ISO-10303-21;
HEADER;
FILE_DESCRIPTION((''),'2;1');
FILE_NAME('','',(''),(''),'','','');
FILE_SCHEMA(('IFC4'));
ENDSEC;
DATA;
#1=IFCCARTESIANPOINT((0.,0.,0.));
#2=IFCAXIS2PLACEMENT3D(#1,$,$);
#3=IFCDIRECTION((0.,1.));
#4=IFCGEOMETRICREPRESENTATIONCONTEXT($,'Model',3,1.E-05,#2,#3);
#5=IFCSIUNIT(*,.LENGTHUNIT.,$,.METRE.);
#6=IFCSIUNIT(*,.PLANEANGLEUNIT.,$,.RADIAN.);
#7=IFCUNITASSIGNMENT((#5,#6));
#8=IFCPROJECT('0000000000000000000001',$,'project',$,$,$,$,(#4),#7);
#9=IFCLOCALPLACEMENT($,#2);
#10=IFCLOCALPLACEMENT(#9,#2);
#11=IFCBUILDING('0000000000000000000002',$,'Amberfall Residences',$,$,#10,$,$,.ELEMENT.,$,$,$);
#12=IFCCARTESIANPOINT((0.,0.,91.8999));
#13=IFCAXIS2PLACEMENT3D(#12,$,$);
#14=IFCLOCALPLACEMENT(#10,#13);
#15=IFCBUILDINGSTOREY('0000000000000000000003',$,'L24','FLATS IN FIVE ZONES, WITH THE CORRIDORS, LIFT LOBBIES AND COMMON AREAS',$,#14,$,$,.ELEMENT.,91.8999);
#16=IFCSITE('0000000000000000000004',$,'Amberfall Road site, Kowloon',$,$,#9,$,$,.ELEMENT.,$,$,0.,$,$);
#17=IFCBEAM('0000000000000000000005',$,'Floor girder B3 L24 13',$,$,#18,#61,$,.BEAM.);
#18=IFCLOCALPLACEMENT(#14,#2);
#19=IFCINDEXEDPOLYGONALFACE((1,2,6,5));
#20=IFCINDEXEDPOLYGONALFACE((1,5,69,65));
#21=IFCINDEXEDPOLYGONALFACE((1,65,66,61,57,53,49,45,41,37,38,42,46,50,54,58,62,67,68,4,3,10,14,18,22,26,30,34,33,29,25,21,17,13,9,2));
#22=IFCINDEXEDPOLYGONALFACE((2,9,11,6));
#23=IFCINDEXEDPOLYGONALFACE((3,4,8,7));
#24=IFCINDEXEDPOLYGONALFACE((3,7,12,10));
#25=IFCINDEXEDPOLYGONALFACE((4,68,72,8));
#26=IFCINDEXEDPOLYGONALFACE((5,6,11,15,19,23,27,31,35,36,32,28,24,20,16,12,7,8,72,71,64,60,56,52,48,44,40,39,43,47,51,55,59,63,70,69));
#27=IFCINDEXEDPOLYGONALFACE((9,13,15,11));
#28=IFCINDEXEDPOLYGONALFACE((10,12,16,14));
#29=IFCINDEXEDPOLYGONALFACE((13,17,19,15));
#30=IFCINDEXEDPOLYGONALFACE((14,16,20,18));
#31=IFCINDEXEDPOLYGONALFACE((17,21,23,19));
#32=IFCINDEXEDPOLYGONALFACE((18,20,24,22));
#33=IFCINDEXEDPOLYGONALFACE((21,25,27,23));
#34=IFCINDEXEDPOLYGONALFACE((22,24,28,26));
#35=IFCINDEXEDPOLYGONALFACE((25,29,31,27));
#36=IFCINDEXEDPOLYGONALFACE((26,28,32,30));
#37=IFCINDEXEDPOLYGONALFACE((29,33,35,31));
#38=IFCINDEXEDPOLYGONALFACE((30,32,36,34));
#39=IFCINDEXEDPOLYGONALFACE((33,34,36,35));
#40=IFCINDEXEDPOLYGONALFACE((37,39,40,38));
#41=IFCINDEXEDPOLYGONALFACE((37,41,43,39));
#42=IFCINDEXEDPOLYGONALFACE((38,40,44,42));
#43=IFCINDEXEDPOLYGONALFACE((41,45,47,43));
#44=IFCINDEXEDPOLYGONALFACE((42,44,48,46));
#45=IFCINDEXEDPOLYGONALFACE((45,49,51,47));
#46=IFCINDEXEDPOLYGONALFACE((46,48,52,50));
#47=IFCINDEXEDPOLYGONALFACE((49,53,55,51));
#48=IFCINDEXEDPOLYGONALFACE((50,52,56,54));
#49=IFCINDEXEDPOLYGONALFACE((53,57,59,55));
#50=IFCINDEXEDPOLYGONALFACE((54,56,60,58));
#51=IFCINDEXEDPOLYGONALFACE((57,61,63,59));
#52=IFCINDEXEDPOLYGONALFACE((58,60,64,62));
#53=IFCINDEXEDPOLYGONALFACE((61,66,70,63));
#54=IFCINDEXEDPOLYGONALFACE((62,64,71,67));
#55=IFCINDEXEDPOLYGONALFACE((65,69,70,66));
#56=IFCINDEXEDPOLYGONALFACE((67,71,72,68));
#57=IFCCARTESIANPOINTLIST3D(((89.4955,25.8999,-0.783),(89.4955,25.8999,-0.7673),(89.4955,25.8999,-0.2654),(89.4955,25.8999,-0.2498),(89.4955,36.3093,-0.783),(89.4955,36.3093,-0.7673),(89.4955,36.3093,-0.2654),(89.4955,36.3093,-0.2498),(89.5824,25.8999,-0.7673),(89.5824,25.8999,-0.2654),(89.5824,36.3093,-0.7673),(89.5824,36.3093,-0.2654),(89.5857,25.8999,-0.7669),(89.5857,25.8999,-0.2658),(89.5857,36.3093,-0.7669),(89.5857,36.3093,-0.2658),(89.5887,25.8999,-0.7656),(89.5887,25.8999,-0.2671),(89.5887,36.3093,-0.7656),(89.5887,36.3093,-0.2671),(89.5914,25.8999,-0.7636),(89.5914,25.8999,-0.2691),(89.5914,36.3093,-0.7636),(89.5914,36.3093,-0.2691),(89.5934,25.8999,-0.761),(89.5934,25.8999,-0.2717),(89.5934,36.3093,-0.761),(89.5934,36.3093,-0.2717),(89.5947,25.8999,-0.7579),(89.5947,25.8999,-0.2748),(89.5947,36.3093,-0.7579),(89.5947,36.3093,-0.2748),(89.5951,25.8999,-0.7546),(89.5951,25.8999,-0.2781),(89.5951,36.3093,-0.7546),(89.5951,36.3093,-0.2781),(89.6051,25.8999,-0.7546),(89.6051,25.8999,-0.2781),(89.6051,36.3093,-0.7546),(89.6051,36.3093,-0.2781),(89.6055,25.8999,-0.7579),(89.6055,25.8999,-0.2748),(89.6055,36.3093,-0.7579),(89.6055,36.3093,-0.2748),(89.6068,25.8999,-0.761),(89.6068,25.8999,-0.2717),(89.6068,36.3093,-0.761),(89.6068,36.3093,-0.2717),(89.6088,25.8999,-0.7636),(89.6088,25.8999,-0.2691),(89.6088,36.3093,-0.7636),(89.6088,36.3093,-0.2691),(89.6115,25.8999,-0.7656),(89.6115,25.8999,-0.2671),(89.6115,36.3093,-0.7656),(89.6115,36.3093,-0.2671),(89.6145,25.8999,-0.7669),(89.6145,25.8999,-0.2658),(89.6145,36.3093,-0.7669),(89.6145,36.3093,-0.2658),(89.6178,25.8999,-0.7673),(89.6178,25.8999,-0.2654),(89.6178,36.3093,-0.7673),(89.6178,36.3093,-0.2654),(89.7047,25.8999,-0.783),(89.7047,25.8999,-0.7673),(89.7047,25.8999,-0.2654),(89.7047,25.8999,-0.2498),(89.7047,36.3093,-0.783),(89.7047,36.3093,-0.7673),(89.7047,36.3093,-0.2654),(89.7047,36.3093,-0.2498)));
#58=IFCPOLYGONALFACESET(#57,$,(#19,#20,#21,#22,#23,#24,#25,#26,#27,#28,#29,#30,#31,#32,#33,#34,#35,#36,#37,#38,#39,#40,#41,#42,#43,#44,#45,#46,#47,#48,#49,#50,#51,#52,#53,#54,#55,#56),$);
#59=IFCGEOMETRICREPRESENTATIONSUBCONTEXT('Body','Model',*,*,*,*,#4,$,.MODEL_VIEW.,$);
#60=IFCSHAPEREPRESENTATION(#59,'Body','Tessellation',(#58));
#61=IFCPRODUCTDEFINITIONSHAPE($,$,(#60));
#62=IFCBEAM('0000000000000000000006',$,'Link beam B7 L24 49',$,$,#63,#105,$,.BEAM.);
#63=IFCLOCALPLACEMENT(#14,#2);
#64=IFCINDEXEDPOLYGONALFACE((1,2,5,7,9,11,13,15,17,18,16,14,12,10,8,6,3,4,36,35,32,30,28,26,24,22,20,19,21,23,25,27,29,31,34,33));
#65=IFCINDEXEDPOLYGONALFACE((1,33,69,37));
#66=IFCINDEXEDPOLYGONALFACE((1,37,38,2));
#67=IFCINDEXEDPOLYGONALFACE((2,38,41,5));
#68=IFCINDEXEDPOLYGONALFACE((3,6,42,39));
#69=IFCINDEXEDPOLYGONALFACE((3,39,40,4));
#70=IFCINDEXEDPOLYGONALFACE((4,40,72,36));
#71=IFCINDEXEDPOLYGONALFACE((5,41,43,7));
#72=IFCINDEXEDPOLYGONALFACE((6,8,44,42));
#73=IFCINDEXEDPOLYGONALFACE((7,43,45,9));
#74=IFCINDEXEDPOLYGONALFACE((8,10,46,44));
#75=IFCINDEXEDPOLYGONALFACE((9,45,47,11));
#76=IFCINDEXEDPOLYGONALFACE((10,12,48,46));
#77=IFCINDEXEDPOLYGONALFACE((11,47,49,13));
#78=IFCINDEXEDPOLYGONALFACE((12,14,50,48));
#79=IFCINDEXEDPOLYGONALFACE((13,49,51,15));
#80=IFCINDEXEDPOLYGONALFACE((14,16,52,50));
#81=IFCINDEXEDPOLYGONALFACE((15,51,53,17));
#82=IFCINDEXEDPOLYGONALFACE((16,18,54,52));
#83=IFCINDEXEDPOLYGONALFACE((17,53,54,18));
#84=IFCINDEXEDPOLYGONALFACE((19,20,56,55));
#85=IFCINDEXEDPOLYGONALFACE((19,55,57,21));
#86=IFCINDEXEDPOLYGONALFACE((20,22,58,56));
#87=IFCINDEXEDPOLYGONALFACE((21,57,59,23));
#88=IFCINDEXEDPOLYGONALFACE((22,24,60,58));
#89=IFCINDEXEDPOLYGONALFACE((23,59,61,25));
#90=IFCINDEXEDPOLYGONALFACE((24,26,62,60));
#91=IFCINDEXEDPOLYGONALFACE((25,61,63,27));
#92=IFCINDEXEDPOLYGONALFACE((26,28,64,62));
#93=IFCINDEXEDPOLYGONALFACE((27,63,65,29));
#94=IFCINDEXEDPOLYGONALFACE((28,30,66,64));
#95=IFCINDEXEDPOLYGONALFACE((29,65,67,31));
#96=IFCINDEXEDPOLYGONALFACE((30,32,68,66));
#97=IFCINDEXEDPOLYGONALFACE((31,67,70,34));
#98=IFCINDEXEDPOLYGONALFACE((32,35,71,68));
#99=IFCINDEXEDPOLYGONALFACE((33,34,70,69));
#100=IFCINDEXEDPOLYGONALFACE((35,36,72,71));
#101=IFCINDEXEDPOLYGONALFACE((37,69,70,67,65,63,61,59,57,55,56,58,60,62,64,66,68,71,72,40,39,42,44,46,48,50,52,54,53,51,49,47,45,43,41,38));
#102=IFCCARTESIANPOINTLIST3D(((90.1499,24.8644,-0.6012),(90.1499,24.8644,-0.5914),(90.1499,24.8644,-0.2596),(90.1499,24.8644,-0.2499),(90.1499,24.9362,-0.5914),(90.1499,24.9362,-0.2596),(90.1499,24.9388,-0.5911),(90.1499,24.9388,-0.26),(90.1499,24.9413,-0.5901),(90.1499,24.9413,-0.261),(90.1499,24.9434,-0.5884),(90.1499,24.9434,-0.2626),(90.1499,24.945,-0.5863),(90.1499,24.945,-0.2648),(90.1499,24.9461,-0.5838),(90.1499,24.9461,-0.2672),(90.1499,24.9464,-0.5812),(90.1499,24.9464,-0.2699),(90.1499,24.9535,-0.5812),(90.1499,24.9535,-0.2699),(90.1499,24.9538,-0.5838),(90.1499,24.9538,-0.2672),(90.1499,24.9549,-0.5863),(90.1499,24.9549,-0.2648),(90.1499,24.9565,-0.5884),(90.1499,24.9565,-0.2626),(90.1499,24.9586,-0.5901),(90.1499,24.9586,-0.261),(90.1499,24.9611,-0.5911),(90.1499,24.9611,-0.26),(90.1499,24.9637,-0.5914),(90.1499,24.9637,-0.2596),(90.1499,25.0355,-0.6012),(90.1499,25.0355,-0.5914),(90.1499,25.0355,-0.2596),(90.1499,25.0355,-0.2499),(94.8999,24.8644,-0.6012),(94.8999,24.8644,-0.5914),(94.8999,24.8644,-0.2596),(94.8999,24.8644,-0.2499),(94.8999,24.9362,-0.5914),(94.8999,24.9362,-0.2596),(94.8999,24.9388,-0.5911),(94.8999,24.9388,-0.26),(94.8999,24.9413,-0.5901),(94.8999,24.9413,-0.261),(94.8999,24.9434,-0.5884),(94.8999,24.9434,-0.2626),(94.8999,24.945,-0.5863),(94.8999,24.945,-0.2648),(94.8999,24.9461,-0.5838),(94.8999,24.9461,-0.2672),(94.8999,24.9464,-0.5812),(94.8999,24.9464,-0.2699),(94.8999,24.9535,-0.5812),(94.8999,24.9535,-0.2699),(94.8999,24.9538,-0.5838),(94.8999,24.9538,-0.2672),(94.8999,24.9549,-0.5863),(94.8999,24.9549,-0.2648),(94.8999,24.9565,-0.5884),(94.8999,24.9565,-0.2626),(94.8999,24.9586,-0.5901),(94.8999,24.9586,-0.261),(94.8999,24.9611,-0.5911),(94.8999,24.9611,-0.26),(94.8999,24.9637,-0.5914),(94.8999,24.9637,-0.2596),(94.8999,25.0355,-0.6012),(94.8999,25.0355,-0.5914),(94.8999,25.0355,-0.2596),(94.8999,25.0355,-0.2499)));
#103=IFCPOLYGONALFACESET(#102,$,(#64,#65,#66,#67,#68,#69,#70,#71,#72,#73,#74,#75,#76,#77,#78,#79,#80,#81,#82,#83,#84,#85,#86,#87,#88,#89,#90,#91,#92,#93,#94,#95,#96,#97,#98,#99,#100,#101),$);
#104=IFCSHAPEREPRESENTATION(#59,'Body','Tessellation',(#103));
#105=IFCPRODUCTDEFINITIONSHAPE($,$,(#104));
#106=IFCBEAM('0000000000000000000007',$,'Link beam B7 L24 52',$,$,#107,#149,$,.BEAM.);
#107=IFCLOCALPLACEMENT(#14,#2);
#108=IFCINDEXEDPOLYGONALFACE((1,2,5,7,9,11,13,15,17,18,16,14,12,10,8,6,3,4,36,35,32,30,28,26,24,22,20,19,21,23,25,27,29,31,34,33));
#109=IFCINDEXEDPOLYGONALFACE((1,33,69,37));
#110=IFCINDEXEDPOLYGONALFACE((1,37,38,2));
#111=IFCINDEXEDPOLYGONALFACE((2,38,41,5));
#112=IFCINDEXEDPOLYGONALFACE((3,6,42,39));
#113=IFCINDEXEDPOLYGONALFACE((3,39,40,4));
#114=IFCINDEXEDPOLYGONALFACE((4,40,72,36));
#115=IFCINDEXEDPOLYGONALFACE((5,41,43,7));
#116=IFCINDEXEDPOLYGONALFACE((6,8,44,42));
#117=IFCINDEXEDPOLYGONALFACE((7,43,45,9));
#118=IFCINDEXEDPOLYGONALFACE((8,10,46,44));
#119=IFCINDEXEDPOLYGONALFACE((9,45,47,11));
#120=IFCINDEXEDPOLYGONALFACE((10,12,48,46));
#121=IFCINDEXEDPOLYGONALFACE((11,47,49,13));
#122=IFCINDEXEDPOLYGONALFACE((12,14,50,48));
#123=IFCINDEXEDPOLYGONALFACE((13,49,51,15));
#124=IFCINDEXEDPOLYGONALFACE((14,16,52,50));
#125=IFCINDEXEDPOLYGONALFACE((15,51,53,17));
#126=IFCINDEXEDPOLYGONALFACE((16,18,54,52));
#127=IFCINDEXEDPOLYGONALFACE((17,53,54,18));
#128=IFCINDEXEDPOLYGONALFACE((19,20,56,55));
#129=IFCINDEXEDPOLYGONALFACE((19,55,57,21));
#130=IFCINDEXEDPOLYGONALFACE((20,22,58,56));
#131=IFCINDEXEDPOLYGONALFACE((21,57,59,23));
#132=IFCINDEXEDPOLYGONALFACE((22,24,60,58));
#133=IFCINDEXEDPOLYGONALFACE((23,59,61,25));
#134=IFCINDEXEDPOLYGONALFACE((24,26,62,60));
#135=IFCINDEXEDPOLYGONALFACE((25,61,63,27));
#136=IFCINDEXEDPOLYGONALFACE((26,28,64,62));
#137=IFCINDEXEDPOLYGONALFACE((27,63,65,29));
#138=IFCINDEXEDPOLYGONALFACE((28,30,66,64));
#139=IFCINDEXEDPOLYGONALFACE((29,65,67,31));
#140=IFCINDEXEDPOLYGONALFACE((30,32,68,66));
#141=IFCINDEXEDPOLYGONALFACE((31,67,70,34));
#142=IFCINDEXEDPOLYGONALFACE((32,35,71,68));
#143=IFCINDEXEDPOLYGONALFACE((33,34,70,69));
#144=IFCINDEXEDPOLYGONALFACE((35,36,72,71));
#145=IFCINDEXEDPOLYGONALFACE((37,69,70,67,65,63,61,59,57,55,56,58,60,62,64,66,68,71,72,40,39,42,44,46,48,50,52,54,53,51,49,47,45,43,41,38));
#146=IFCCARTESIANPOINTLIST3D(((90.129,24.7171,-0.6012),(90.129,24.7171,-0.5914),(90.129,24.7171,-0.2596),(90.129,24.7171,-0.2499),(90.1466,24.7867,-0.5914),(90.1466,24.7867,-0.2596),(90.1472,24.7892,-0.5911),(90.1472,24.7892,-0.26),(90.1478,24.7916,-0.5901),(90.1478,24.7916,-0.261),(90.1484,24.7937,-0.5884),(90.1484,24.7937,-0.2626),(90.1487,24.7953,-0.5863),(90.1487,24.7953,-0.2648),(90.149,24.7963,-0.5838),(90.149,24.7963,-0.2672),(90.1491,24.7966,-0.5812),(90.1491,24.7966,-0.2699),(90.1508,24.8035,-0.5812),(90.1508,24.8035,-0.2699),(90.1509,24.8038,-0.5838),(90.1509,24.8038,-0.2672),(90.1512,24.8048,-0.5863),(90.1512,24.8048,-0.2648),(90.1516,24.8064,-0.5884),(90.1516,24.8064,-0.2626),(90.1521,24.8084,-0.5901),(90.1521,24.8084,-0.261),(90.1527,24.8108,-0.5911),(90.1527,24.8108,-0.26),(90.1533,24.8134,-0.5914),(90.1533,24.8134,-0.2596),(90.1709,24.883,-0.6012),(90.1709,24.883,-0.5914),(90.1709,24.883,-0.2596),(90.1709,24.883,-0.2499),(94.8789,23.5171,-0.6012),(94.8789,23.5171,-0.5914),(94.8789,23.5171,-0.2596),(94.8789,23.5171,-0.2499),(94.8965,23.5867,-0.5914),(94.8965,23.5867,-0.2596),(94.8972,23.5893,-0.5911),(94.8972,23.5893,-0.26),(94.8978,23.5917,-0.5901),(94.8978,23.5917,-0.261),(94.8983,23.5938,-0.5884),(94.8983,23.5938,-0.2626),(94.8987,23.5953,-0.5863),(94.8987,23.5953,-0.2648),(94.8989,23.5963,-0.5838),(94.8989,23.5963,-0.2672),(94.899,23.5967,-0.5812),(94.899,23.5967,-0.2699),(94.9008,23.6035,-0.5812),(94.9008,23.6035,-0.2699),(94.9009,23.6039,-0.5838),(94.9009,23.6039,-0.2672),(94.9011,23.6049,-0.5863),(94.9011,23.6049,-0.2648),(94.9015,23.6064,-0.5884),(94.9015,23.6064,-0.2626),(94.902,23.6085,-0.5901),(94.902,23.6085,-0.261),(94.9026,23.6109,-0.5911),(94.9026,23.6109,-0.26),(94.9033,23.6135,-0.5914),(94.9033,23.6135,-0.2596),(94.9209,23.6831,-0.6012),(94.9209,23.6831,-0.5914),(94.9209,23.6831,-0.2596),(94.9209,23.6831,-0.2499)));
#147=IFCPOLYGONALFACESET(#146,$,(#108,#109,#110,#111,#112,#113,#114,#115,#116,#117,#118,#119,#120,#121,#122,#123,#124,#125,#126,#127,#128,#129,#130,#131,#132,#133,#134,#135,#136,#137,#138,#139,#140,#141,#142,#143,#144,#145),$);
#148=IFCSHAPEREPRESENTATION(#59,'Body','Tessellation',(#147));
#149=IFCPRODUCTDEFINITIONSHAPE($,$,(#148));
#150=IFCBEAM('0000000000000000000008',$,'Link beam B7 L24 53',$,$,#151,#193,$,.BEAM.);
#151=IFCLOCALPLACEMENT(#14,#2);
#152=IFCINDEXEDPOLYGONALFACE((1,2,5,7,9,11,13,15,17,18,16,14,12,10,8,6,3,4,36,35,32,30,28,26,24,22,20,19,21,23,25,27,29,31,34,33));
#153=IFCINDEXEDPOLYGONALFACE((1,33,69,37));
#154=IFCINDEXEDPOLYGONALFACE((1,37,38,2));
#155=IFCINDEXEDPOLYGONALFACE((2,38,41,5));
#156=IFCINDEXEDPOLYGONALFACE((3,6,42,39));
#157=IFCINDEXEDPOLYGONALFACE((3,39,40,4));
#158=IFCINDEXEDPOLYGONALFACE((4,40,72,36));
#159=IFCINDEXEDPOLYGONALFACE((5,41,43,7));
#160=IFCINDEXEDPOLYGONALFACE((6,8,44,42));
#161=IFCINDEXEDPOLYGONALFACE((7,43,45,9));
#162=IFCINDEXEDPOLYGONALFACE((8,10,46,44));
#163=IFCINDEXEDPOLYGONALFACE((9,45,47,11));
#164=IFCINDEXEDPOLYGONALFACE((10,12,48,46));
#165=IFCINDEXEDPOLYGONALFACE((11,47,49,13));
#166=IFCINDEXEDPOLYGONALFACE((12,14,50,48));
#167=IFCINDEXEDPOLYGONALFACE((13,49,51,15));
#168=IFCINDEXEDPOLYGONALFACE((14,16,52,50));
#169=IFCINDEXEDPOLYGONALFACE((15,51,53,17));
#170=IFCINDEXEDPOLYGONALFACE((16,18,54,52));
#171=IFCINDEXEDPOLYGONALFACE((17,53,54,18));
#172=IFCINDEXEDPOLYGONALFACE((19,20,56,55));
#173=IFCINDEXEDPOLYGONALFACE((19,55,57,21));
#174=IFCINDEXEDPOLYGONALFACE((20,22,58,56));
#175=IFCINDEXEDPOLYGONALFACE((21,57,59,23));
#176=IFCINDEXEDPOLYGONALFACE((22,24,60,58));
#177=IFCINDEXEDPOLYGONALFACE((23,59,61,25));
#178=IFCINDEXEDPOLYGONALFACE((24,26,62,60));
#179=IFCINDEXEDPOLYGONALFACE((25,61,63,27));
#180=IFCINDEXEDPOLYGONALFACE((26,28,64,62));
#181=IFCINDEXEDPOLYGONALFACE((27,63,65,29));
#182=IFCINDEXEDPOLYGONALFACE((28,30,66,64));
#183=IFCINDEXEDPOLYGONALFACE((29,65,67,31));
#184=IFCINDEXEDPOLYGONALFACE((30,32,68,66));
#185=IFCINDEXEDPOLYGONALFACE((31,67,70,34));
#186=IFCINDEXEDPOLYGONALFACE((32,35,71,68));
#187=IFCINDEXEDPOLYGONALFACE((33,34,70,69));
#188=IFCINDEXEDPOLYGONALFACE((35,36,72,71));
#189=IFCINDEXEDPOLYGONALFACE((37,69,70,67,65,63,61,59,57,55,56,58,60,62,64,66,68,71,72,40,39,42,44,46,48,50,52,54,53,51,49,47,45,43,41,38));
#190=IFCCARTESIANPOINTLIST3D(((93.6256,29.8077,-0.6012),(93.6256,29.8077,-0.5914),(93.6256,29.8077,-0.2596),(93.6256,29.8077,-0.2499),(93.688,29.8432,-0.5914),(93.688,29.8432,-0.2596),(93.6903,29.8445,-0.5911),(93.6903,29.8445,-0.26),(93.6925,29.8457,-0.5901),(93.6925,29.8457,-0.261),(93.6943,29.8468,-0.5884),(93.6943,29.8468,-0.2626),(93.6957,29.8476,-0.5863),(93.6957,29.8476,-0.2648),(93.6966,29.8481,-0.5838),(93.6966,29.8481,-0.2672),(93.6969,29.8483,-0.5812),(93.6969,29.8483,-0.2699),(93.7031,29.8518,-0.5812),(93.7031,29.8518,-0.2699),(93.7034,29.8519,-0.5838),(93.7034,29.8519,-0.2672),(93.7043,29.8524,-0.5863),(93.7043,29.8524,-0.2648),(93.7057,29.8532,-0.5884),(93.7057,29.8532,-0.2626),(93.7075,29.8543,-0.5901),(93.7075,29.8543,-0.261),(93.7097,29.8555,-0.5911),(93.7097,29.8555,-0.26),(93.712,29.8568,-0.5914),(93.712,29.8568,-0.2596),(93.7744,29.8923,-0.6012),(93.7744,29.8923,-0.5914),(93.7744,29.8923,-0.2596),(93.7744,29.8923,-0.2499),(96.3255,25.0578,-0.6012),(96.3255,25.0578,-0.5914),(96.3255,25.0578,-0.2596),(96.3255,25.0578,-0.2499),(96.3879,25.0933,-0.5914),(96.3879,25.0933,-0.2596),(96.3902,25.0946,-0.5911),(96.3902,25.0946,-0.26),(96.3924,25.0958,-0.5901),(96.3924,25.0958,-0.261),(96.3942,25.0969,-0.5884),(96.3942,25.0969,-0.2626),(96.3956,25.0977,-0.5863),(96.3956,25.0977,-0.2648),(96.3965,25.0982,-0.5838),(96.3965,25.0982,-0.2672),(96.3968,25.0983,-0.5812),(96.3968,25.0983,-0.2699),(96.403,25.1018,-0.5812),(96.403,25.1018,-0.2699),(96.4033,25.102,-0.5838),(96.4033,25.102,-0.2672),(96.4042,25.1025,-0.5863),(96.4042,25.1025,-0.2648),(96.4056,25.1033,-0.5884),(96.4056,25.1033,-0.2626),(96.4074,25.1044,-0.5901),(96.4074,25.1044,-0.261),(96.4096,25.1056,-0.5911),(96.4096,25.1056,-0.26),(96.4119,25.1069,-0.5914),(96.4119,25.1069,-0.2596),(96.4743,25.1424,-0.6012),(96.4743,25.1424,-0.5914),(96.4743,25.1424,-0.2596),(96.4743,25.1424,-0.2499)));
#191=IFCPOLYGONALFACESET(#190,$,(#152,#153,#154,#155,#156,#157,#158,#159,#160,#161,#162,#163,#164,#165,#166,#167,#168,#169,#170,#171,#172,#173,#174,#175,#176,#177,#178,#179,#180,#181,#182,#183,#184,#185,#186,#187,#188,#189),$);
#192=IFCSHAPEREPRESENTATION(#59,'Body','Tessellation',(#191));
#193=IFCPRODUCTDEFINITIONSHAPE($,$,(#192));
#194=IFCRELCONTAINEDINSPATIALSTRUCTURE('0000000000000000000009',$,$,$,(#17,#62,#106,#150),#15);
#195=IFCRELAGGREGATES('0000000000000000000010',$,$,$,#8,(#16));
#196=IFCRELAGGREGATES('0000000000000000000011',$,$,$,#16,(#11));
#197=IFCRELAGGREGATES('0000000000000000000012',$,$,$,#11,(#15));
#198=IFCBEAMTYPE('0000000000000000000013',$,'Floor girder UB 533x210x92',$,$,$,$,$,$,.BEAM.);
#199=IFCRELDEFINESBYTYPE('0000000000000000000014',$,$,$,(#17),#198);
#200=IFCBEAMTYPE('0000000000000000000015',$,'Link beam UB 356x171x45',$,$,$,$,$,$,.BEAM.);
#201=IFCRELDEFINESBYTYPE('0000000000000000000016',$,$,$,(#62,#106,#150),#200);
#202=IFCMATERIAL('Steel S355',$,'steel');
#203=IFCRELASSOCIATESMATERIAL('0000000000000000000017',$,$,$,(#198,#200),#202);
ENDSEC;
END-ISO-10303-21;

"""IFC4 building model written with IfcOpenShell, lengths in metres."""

from ifc_helpers import new_model, si_unit, direction, frame, origin, origin_2d, place, context, subcontext, project, spatial, i_section, extrude, material, material_profile, profile_set, type_object, element, save


model = new_model("IFC4")

# Units and contexts
model_context = context("Model", 3, precision=1e-05, world=origin(), true_north=direction((0.0, 1.0)))
body_context = subcontext(model_context, "Body", "Model", "MODEL_VIEW")
ifc_project = project(units=[si_unit("LENGTHUNIT", "METRE"), si_unit("PLANEANGLEUNIT", "RADIAN")], contexts=[model_context])

# Site, building, storey
site_placement = place(None, origin())
site = spatial("IfcSite", under=ifc_project, at=site_placement, Name="Amberfall Road site, Kowloon", CompositionType="ELEMENT", RefElevation=0.0)
building_placement = place(site_placement, origin())
building = spatial("IfcBuilding", under=site, at=building_placement, Name="Amberfall Residences", CompositionType="ELEMENT")
storey_placement = place(building_placement, frame((0.0, 0.0, 91.8999)))
storey = spatial("IfcBuildingStorey", under=building, at=storey_placement, Name="L24", Description="FLATS IN FIVE ZONES, WITH THE CORRIDORS, LIFT LOBBIES AND COMMON AREAS", CompositionType="ELEMENT", Elevation=91.8999)

# Beams
ifc_material_1 = material(Name="Steel S355", Category="steel")
ifc_material_profile_1 = material_profile(ifc_material_1, i_section(OverallWidth=0.2092, OverallDepth=0.5332, WebThickness=0.01, FlangeThickness=0.0156, FilletRadius=0.0127, at=origin_2d()), Name="UB 533x210x92")
ifc_profile_set_1 = profile_set([ifc_material_profile_1], Name="Steel S355")
beam_type_1 = type_object("IfcBeamType", Name="Floor girder UB 533x210x92", PredefinedType="BEAM", material=ifc_profile_set_1)
beam_1_placement = place(storey_placement, frame((89.6001, 25.8999, -0.5164), z_axis=(0.0, 1.0, 0.0), x_axis=(-1.0, 0.0, 0.0)))
element("IfcBeam", 1, at=beam_1_placement, inside=storey, type_object=beam_type_1, Name="Floor girder B3 L24 13", PredefinedType="BEAM", context=body_context, shape_type="SweptSolid", body=[
    extrude(i_section(OverallWidth=0.2092, OverallDepth=0.5332, WebThickness=0.01, FlangeThickness=0.0156, FilletRadius=0.0127, at=origin_2d()), origin(), (0.0, 0.0, 1.0), 10.4094),
])
ifc_material_profile_2 = material_profile(ifc_material_1, i_section(OverallWidth=0.1711, OverallDepth=0.3513, WebThickness=0.0071, FlangeThickness=0.0098, FilletRadius=0.0103, at=origin_2d()), Name="UB 356x171x45")
ifc_profile_set_2 = profile_set([ifc_material_profile_2], Name="Steel S355")
beam_type_2 = type_object("IfcBeamType", Name="Link beam UB 356x171x45", PredefinedType="BEAM", material=ifc_profile_set_2)
beam_2_placement = place(storey_placement, frame((90.1499, 24.95, -0.4255), z_axis=(1.0, 0.0, 0.0), x_axis=(0.0, 1.0, 0.0)))
element("IfcBeam", 2, at=beam_2_placement, inside=storey, type_object=beam_type_2, Name="Link beam B7 L24 49", PredefinedType="BEAM", context=body_context, shape_type="SweptSolid", body=[
    extrude(i_section(OverallWidth=0.1711, OverallDepth=0.3513, WebThickness=0.0071, FlangeThickness=0.0098, FilletRadius=0.0103, at=origin_2d()), origin(), (0.0, 0.0, 1.0), 4.75),
])
beam_3_placement = place(storey_placement, frame((94.8999, 23.6001, -0.4255), z_axis=(-0.969542, 0.244927, 0.0), x_axis=(-0.244927, -0.969542, 0.0)))
element("IfcBeam", 3, at=beam_3_placement, inside=storey, type_object=beam_type_2, Name="Link beam B7 L24 52", PredefinedType="BEAM", context=body_context, shape_type="SweptSolid", body=[
    extrude(i_section(OverallWidth=0.1711, OverallDepth=0.3513, WebThickness=0.0071, FlangeThickness=0.0098, FilletRadius=0.0103, at=origin_2d()), origin(), (0.0, 0.0, 1.0), 4.8992),
])
beam_4_placement = place(storey_placement, frame((96.3999, 25.1001, -0.4255), z_axis=(-0.49416, 0.869371, 0.0), x_axis=(-0.869371, -0.49416, 0.0)))
element("IfcBeam", 4, at=beam_4_placement, inside=storey, type_object=beam_type_2, Name="Link beam B7 L24 53", PredefinedType="BEAM", context=body_context, shape_type="SweptSolid", body=[
    extrude(i_section(OverallWidth=0.1711, OverallDepth=0.3513, WebThickness=0.0071, FlangeThickness=0.0098, FilletRadius=0.0103, at=origin_2d()), origin(), (0.0, 0.0, 1.0), 5.4636),
])

save(model, "model.ifc")
